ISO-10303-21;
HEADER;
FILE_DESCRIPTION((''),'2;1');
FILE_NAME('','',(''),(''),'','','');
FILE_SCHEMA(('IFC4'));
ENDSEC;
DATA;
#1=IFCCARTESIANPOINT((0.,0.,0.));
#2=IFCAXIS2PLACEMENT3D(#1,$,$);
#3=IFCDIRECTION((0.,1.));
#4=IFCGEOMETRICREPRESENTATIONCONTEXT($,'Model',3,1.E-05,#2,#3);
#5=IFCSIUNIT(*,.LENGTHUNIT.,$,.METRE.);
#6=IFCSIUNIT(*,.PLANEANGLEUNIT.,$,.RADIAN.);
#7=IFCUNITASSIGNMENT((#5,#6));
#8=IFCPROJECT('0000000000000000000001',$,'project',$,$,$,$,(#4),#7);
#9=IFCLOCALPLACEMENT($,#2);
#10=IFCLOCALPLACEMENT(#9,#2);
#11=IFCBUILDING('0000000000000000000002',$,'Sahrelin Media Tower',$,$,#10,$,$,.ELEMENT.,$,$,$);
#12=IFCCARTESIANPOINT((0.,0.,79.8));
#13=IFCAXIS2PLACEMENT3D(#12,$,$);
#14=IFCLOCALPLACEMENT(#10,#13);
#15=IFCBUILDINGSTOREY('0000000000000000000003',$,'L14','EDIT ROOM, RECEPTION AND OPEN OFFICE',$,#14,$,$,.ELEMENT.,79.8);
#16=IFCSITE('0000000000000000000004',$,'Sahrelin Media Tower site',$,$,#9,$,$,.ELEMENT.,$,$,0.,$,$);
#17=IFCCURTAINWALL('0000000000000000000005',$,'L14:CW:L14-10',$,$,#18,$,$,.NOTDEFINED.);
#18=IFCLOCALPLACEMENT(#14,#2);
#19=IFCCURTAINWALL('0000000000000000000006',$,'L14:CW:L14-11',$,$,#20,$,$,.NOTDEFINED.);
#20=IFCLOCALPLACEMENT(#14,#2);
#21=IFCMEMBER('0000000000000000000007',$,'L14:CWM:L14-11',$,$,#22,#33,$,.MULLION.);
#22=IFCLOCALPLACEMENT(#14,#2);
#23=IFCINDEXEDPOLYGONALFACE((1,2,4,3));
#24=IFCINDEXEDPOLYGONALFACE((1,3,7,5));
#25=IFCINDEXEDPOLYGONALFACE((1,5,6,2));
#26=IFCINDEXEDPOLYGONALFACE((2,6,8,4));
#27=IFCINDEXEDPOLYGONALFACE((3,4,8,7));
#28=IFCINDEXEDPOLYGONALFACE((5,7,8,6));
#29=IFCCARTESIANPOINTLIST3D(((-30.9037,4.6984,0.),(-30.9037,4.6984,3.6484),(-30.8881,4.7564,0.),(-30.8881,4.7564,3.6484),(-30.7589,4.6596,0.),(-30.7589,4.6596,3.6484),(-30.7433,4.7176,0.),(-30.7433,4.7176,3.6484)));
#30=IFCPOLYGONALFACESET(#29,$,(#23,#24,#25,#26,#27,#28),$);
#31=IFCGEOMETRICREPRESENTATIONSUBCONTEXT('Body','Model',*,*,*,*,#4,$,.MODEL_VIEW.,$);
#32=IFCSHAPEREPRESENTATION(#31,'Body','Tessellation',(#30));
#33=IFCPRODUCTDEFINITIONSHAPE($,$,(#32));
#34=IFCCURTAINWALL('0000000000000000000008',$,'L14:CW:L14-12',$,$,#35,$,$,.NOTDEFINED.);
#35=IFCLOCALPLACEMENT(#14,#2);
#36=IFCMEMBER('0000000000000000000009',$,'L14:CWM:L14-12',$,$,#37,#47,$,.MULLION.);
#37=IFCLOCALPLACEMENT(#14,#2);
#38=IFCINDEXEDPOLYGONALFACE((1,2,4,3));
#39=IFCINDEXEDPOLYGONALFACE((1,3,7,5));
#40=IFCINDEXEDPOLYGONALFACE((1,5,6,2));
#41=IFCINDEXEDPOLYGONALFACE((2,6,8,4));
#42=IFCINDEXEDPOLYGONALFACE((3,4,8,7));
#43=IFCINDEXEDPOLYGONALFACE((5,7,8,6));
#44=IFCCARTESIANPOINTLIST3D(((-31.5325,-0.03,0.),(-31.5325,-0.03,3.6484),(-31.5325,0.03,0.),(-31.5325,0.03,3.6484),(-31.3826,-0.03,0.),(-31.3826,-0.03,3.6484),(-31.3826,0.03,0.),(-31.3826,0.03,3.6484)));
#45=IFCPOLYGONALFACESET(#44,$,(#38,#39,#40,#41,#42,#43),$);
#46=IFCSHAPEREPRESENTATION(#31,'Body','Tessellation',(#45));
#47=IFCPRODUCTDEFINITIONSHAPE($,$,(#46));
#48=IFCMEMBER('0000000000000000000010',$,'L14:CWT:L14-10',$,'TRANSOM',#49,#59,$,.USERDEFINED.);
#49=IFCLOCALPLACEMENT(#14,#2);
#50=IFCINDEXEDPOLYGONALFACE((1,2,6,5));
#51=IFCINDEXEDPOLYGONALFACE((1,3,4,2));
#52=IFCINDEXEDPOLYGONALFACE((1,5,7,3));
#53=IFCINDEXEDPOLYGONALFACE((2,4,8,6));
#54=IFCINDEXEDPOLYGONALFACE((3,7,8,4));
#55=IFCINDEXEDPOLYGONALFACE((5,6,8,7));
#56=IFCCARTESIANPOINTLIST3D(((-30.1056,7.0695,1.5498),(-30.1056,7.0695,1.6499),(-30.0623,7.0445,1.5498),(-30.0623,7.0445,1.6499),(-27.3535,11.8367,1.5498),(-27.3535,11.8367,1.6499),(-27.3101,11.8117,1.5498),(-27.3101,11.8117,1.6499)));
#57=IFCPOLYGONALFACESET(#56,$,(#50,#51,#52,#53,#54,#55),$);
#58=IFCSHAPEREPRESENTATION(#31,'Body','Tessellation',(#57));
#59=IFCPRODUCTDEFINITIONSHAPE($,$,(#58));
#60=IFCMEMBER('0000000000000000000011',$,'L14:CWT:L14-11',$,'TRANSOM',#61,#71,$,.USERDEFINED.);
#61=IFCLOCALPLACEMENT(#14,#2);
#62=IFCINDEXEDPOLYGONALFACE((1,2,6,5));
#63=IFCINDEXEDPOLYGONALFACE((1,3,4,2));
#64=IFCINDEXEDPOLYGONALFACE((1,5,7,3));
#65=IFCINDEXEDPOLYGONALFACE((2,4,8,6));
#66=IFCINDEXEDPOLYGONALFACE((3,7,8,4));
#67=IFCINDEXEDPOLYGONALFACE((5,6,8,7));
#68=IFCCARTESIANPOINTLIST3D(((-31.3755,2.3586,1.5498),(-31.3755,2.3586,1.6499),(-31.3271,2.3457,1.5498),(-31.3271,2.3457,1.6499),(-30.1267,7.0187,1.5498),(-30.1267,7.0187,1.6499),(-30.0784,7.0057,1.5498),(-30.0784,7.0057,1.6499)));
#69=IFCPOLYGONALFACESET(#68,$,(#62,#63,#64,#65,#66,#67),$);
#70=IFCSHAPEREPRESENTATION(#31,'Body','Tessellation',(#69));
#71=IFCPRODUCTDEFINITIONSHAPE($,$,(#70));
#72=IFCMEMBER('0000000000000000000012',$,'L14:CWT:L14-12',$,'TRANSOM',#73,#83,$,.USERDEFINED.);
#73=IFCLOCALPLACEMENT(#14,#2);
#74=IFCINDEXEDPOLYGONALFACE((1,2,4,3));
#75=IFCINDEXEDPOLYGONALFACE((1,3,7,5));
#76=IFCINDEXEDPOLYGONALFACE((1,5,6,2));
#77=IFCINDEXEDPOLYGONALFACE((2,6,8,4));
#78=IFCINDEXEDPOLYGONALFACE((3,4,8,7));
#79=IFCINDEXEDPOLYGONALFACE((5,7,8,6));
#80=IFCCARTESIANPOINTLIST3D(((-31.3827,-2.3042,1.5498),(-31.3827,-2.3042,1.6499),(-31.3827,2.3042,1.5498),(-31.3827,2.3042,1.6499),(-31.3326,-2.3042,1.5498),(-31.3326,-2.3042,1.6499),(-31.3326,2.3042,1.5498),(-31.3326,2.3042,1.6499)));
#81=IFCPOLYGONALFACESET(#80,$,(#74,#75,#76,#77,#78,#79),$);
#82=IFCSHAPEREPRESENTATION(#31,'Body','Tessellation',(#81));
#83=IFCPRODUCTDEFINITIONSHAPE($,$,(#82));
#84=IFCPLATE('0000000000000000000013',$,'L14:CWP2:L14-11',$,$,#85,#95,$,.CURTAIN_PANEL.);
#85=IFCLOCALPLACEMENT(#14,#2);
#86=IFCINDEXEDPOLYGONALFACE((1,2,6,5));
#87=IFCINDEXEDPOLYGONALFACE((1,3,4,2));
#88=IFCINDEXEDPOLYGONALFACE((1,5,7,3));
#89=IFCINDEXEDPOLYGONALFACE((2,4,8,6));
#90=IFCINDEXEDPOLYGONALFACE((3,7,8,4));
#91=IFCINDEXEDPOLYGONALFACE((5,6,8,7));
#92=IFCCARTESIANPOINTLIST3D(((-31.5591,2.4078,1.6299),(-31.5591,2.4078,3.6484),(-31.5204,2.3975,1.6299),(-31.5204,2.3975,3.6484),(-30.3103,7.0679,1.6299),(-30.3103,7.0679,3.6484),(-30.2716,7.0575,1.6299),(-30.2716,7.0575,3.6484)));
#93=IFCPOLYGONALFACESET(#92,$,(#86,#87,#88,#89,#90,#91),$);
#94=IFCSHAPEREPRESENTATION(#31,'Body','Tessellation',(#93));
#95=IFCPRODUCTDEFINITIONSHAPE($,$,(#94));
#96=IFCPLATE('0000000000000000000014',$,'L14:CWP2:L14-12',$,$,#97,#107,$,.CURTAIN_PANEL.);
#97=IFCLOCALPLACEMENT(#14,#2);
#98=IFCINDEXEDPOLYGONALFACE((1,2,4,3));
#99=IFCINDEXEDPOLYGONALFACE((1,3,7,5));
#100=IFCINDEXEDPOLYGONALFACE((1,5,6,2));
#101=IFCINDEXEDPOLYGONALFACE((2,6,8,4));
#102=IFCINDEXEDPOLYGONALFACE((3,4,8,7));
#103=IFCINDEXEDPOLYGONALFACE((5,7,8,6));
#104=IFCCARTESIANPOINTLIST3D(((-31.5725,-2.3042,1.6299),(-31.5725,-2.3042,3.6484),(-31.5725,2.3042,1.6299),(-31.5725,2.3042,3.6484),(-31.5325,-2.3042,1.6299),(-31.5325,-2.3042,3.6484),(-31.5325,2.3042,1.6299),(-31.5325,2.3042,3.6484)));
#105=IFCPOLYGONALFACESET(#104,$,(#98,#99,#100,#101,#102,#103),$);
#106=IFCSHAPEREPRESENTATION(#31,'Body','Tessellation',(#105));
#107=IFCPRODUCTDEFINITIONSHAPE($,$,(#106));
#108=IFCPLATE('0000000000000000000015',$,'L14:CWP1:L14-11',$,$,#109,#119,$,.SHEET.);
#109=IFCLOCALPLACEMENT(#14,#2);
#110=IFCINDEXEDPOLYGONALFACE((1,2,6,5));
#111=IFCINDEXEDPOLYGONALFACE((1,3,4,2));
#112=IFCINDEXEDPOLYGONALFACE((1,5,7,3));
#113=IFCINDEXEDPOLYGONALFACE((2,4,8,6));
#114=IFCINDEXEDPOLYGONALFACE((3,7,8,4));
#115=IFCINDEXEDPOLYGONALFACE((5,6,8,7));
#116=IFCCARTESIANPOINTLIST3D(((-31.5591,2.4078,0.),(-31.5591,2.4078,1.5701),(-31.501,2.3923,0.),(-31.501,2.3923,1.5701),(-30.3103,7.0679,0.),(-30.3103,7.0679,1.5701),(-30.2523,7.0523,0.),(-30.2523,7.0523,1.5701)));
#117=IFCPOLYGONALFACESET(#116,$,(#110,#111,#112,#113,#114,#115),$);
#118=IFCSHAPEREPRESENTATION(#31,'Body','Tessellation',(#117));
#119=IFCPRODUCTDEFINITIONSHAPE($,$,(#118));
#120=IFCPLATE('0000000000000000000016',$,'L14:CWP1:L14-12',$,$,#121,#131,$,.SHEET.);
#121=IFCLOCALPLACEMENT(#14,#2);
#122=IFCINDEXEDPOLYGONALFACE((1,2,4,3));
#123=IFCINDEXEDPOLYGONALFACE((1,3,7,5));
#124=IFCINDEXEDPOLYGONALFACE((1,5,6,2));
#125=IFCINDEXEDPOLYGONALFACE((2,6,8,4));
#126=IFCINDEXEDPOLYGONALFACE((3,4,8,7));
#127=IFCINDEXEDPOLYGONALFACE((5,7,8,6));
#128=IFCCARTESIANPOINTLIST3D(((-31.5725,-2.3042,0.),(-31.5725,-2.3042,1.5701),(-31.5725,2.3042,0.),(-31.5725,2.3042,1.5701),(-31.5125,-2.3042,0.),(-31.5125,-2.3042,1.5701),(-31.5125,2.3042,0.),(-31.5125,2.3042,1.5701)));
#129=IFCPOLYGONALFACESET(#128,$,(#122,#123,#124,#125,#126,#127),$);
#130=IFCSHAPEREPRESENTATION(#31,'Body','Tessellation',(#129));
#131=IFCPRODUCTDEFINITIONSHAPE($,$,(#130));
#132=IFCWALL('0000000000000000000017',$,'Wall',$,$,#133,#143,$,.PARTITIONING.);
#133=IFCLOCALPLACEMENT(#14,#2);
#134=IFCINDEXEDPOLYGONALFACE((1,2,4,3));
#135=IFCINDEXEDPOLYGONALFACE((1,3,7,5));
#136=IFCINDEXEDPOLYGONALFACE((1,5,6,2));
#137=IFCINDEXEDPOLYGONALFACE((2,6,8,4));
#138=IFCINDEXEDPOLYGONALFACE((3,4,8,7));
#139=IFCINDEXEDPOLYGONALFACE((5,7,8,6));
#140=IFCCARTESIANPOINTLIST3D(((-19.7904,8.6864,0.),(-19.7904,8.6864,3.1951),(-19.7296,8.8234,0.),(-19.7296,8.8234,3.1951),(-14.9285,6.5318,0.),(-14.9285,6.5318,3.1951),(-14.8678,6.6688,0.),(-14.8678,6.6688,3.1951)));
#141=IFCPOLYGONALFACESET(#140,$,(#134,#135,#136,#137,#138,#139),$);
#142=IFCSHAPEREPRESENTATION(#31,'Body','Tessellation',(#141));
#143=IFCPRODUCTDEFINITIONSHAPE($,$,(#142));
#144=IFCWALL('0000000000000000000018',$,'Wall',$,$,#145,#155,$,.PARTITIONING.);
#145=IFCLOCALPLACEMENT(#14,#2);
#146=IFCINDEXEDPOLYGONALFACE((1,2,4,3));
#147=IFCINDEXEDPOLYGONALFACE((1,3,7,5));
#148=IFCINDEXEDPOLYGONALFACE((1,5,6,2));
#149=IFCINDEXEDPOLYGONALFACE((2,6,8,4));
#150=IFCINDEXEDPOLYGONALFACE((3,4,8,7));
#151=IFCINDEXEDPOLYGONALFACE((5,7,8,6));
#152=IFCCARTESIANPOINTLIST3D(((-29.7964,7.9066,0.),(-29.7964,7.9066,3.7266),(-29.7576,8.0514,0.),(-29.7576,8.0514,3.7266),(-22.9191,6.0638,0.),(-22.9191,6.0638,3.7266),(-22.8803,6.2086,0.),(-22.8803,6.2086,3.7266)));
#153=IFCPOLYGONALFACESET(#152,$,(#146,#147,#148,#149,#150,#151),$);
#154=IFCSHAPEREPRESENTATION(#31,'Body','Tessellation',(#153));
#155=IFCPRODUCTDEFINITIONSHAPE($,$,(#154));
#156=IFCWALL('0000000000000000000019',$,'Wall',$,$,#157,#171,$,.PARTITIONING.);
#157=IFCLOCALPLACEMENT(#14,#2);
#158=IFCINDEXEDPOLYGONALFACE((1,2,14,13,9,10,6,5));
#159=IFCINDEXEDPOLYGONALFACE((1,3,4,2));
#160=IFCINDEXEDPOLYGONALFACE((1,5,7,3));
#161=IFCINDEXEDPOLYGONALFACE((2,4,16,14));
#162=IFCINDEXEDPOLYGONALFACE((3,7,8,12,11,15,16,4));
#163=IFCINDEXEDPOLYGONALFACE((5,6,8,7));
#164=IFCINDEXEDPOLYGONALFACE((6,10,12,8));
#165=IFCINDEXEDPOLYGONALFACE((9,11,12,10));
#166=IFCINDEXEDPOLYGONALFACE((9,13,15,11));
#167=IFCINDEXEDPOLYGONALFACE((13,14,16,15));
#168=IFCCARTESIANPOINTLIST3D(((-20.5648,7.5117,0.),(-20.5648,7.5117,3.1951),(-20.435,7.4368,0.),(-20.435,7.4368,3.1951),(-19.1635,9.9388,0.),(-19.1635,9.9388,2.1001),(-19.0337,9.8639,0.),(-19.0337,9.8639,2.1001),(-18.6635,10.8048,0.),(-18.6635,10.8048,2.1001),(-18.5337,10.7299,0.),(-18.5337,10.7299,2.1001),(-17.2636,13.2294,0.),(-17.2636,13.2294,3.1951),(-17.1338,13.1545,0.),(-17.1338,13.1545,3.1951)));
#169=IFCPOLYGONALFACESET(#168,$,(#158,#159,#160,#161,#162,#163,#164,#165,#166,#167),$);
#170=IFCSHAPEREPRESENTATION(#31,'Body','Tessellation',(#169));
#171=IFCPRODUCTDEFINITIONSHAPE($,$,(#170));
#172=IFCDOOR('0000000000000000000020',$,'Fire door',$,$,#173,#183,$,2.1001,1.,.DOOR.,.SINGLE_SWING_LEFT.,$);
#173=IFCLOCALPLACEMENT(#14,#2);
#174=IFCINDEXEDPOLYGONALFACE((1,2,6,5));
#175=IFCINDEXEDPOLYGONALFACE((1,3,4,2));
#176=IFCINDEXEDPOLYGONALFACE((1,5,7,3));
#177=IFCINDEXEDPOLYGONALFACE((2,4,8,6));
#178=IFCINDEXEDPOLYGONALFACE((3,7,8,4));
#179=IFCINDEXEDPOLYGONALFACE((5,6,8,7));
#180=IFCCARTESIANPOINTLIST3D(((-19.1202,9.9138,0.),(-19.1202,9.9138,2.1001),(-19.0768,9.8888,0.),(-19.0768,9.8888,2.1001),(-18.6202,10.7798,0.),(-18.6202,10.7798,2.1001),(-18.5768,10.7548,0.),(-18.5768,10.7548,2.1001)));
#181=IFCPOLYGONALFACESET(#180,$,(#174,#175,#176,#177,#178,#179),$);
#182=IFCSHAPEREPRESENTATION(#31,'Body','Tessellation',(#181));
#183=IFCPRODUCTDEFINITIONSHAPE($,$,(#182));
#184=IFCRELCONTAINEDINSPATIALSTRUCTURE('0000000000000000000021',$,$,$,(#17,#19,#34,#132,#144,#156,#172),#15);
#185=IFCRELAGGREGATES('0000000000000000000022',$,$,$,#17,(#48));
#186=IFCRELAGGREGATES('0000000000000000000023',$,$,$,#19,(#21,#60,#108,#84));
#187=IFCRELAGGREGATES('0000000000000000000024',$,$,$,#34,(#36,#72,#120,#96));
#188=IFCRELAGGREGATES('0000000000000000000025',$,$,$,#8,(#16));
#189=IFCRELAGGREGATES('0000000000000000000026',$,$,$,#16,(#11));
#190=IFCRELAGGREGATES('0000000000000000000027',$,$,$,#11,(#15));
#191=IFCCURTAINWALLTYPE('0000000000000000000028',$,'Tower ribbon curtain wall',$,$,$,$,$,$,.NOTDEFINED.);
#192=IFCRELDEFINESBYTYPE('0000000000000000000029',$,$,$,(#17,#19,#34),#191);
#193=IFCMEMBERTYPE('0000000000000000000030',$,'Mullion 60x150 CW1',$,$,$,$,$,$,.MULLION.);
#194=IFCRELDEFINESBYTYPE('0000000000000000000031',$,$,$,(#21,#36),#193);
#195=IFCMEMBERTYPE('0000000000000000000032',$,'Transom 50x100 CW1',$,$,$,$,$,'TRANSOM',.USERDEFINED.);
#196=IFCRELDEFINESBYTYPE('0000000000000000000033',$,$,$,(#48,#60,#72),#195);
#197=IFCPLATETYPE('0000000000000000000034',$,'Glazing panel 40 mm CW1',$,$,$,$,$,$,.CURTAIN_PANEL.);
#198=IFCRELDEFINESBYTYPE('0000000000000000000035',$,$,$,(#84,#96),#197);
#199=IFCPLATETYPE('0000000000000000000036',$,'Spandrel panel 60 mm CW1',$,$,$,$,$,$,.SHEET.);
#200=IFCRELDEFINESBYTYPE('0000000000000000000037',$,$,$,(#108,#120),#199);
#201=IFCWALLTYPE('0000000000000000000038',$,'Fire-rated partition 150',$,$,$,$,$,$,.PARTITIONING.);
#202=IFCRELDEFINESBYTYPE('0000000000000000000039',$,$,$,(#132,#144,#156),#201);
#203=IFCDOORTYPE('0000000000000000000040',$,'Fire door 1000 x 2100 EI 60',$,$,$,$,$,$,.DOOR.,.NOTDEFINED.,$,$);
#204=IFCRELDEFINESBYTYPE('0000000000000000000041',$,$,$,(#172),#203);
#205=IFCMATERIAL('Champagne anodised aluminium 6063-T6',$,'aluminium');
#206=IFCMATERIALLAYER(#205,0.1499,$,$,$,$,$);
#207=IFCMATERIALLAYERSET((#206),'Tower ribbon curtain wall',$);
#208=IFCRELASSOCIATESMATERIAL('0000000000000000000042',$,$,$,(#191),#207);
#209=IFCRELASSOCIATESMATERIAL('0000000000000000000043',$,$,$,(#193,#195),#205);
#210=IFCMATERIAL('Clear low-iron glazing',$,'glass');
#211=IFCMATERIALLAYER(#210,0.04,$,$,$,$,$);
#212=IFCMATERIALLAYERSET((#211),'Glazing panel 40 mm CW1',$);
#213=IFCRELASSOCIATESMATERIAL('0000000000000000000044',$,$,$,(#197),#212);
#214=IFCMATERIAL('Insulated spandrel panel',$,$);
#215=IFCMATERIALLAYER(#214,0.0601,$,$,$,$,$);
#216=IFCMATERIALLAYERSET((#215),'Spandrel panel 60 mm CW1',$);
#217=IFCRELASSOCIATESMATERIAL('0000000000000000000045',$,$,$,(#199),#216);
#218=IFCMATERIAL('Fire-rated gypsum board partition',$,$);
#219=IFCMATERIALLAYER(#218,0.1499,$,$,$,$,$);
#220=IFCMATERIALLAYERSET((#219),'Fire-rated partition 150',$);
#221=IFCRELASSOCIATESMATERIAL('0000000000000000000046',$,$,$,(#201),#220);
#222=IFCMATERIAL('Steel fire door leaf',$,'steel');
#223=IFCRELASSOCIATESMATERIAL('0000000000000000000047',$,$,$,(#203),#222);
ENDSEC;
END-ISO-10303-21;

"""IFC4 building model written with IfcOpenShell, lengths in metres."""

from ifc_helpers import new_model, si_unit, direction, frame, frame_2d, origin, origin_2d, place, context, subcontext, project, spatial, polyline, rectangle, outline, extrude, material, layer, layer_set, material_profile, profile_set, type_object, element, fill, aggregate, save


model = new_model("IFC4")

# Units and contexts
model_context = context("Model", 3, precision=1e-05, world=origin(), true_north=direction((0.0, 1.0)))
body_context = subcontext(model_context, "Body", "Model", "MODEL_VIEW")
ifc_project = project(units=[si_unit("LENGTHUNIT", "METRE"), si_unit("PLANEANGLEUNIT", "RADIAN")], contexts=[model_context])

# Site, building, storey
site_placement = place(None, origin())
site = spatial("IfcSite", under=ifc_project, at=site_placement, Name="Sahrelin Media Tower site", CompositionType="ELEMENT", RefElevation=0.0)
building_placement = place(site_placement, origin())
building = spatial("IfcBuilding", under=site, at=building_placement, Name="Sahrelin Media Tower", CompositionType="ELEMENT")
storey_placement = place(building_placement, frame((0.0, 0.0, 79.8)))
storey = spatial("IfcBuildingStorey", under=building, at=storey_placement, Name="L14", Description="EDIT ROOM, RECEPTION AND OPEN OFFICE", CompositionType="ELEMENT", Elevation=79.8)

# Curtain walls, members
ifc_material_1 = material(Name="Champagne anodised aluminium 6063-T6", Category="aluminium")
ifc_layer_1 = layer(ifc_material_1, 0.1499)
ifc_layer_set_1 = layer_set([ifc_layer_1], Name="Tower ribbon curtain wall")
curtain_wall_type = type_object("IfcCurtainWallType", Name="Tower ribbon curtain wall", PredefinedType="NOTDEFINED", material=ifc_layer_set_1)
curtain_wall_1_placement = place(storey_placement, frame((-28.8767, 9.5378, 0.0), z_axis=(0.0, 0.0, 1.0), x_axis=(1.0, 0.0, 0.0)))
curtain_wall_1 = element("IfcCurtainWall", 1, at=curtain_wall_1_placement, inside=storey, type_object=curtain_wall_type, Name="L14:CW:L14-10", PredefinedType="NOTDEFINED")
ifc_material_profile_1 = material_profile(ifc_material_1, rectangle(XDim=0.0601, YDim=0.1499, at=origin_2d()), Name="Mullion 60x150")
ifc_profile_set_1 = profile_set([ifc_material_profile_1], Name="Champagne anodised aluminium 6063-T6")
member_type_1 = type_object("IfcMemberType", Name="Mullion 60x150 CW1", PredefinedType="MULLION", material=ifc_profile_set_1)
curtain_wall_2_placement = place(storey_placement, frame((-30.9153, 4.7327, 0.0), z_axis=(0.0, 0.0, 1.0), x_axis=(1.0, 0.0, 0.0)))
curtain_wall_2 = element("IfcCurtainWall", 2, at=curtain_wall_2_placement, inside=storey, type_object=curtain_wall_type, Name="L14:CW:L14-11", PredefinedType="NOTDEFINED")
member_1_placement = place(storey_placement, frame((-30.8235, 4.708, 0.0), z_axis=(0.0, 0.0, 1.0), x_axis=(-0.258822, -0.965925, 0.0)))
member_1 = element("IfcMember", 3, at=member_1_placement, type_object=member_type_1, Name="L14:CWM:L14-11", PredefinedType="MULLION", context=body_context, shape_type="SweptSolid", body=[
    extrude(rectangle(XDim=0.0601, YDim=0.1499, at=origin_2d()), origin(), (0.0, 0.0, 1.0), 3.6484),
])
curtain_wall_3_placement = place(storey_placement, frame((-31.5525, 0.0, 0.0), z_axis=(0.0, 0.0, 1.0), x_axis=(1.0, 0.0, 0.0)))
curtain_wall_3 = element("IfcCurtainWall", 4, at=curtain_wall_3_placement, inside=storey, type_object=curtain_wall_type, Name="L14:CW:L14-12", PredefinedType="NOTDEFINED")
member_2_placement = place(storey_placement, frame((-31.4575, 0.0, 0.0), z_axis=(0.0, 0.0, 1.0), x_axis=(0.0, -1.0, 0.0)))
member_2 = element("IfcMember", 5, at=member_2_placement, type_object=member_type_1, Name="L14:CWM:L14-12", PredefinedType="MULLION", context=body_context, shape_type="SweptSolid", body=[
    extrude(rectangle(XDim=0.0601, YDim=0.1499, at=origin_2d()), origin(), (0.0, 0.0, 1.0), 3.6484),
])

# Members
ifc_material_profile_2 = material_profile(ifc_material_1, rectangle(XDim=0.05, YDim=0.1001, at=origin_2d()), Name="Transom 50x100")
ifc_profile_set_2 = profile_set([ifc_material_profile_2], Name="Champagne anodised aluminium 6063-T6")
member_type_2 = type_object("IfcMemberType", Name="Transom 50x100 CW1", ElementType="TRANSOM", PredefinedType="USERDEFINED", material=ifc_profile_set_2)
member_3_placement = place(storey_placement, frame((-27.3318, 11.8242, 1.5999), z_axis=(-0.499969, -0.866043, 0.0), x_axis=(0.866043, -0.499969, 0.0)))
member_3 = element("IfcMember", 6, at=member_3_placement, type_object=member_type_2, Name="L14:CWT:L14-10", ObjectType="TRANSOM", PredefinedType="USERDEFINED", context=body_context, shape_type="SweptSolid", body=[
    extrude(rectangle(XDim=0.05, YDim=0.1001, at=origin_2d()), origin(), (0.0, 0.0, 1.0), 5.5046),
])
aggregate(curtain_wall_1, [member_3])
member_4_placement = place(storey_placement, frame((-30.1025, 7.0122, 1.5999), z_axis=(-0.258837, -0.965921, 0.0), x_axis=(0.965921, -0.258837, 0.0)))
member_4 = element("IfcMember", 7, at=member_4_placement, type_object=member_type_2, Name="L14:CWT:L14-11", ObjectType="TRANSOM", PredefinedType="USERDEFINED", context=body_context, shape_type="SweptSolid", body=[
    extrude(rectangle(XDim=0.05, YDim=0.1001, at=origin_2d()), origin(), (0.0, 0.0, 1.0), 4.8245),
])
member_5_placement = place(storey_placement, frame((-31.3577, 2.3042, 1.5999), z_axis=(0.0, -1.0, 0.0), x_axis=(1.0, 0.0, 0.0)))
member_5 = element("IfcMember", 8, at=member_5_placement, type_object=member_type_2, Name="L14:CWT:L14-12", ObjectType="TRANSOM", PredefinedType="USERDEFINED", context=body_context, shape_type="SweptSolid", body=[
    extrude(rectangle(XDim=0.05, YDim=0.1001, at=origin_2d()), origin(), (0.0, 0.0, 1.0), 4.6084),
])

# Plates
ifc_material_2 = material(Name="Clear low-iron glazing", Category="glass")
ifc_layer_2 = layer(ifc_material_2, 0.04)
ifc_layer_set_2 = layer_set([ifc_layer_2], Name="Glazing panel 40 mm CW1")
plate_type_1 = type_object("IfcPlateType", Name="Glazing panel 40 mm CW1", PredefinedType="CURTAIN_PANEL", material=ifc_layer_set_2)
plate_1_placement = place(storey_placement, frame((-30.3103, 7.0679, 1.6299), z_axis=(-0.965921, 0.258837, 0.0), x_axis=(-0.258837, -0.965921, 0.0)))
plate_1 = element("IfcPlate", 9, at=plate_1_placement, type_object=plate_type_1, Name="L14:CWP2:L14-11", PredefinedType="CURTAIN_PANEL", context=body_context, shape_type="SweptSolid", body=[
    extrude(outline(polyline([(0.0, 0.0), (4.8245, 0.0), (4.8245, 2.0186), (0.0, 2.0186), (0.0, 0.0)])), origin(), (0.0, 0.0, -1.0), 0.04),
])
plate_2_placement = place(storey_placement, frame((-31.5725, 2.3042, 1.6299), z_axis=(-1.0, 0.0, 0.0), x_axis=(0.0, -1.0, 0.0)))
plate_2 = element("IfcPlate", 10, at=plate_2_placement, type_object=plate_type_1, Name="L14:CWP2:L14-12", PredefinedType="CURTAIN_PANEL", context=body_context, shape_type="SweptSolid", body=[
    extrude(outline(polyline([(0.0, 0.0), (4.6084, 0.0), (4.6084, 2.0186), (0.0, 2.0186), (0.0, 0.0)])), origin(), (0.0, 0.0, -1.0), 0.04),
])
ifc_material_3 = material(Name="Insulated spandrel panel")
ifc_layer_3 = layer(ifc_material_3, 0.0601)
ifc_layer_set_3 = layer_set([ifc_layer_3], Name="Spandrel panel 60 mm CW1")
plate_type_2 = type_object("IfcPlateType", Name="Spandrel panel 60 mm CW1", PredefinedType="SHEET", material=ifc_layer_set_3)
plate_3_placement = place(storey_placement, frame((-30.3103, 7.0679, 0.0), z_axis=(-0.965921, 0.258837, 0.0), x_axis=(-0.258837, -0.965921, 0.0)))
plate_3 = element("IfcPlate", 11, at=plate_3_placement, type_object=plate_type_2, Name="L14:CWP1:L14-11", PredefinedType="SHEET", context=body_context, shape_type="SweptSolid", body=[
    extrude(outline(polyline([(0.0, 0.0), (4.8245, 0.0), (4.8245, 1.5701), (0.0, 1.5701), (0.0, 0.0)])), origin(), (0.0, 0.0, -1.0), 0.0601),
])
aggregate(curtain_wall_2, [member_1, member_4, plate_3, plate_1])
plate_4_placement = place(storey_placement, frame((-31.5725, 2.3042, 0.0), z_axis=(-1.0, 0.0, 0.0), x_axis=(0.0, -1.0, 0.0)))
plate_4 = element("IfcPlate", 12, at=plate_4_placement, type_object=plate_type_2, Name="L14:CWP1:L14-12", PredefinedType="SHEET", context=body_context, shape_type="SweptSolid", body=[
    extrude(outline(polyline([(0.0, 0.0), (4.6084, 0.0), (4.6084, 1.5701), (0.0, 1.5701), (0.0, 0.0)])), origin(), (0.0, 0.0, -1.0), 0.0601),
])
aggregate(curtain_wall_3, [member_2, member_5, plate_4, plate_2])

# Walls
ifc_material_4 = material(Name="Fire-rated gypsum board partition")
ifc_layer_4 = layer(ifc_material_4, 0.1499)
ifc_layer_set_4 = layer_set([ifc_layer_4], Name="Fire-rated partition 150")
wall_type_1 = type_object("IfcWallType", Name="Fire-rated partition 150", PredefinedType="PARTITIONING", material=ifc_layer_set_4)
wall_1_placement = place(storey_placement, frame((-19.76, 8.7549, 0.0), z_axis=(0.0, 0.0, 1.0), x_axis=(0.914248, -0.405154, 0.0)))
element("IfcWall", 13, at=wall_1_placement, inside=storey, type_object=wall_type_1, Name="Wall", PredefinedType="PARTITIONING", context=body_context, shape_type="SweptSolid", body=[
    extrude(rectangle(XDim=5.3179, YDim=0.1499, at=frame_2d((2.6589, 0.0))), origin(), (0.0, 0.0, 1.0), 3.1951),
])
wall_2_placement = place(storey_placement, frame((-29.7771, 7.979, 0.0), z_axis=(0.0, 0.0, 1.0), x_axis=(0.965925, -0.258823, 0.0)))
element("IfcWall", 14, at=wall_2_placement, inside=storey, type_object=wall_type_1, Name="Wall", PredefinedType="PARTITIONING", context=body_context, shape_type="SweptSolid", body=[
    extrude(rectangle(XDim=7.1199, YDim=0.1499, at=frame_2d((3.5601, 0.0))), origin(), (0.0, 0.0, 1.0), 3.7266),
])

# Wall, opening, door
wall_3_placement = place(storey_placement, frame((-20.5, 7.4741, 0.0), z_axis=(0.0, 0.0, 1.0), x_axis=(0.500013, 0.866018, 0.0)))
wall_3 = element("IfcWall", 15, at=wall_3_placement, inside=storey, type_object=wall_type_1, Name="Wall", PredefinedType="PARTITIONING", context=body_context, shape_type="SweptSolid", body=[
    extrude(rectangle(XDim=6.6023, YDim=0.1499, at=frame_2d((3.3013, 0.0))), origin(), (0.0, 0.0, 1.0), 3.1951),
])
opening_1_placement = place(wall_3_placement, frame((2.8027, 0.0, 0.0)))
opening_1 = element("IfcOpeningElement", 16, at=opening_1_placement, cuts=wall_3, PredefinedType="OPENING", context=body_context, shape_type="SweptSolid", body=[
    extrude(rectangle(XDim=1.0, YDim=2.1001, at=frame_2d((0.5, 1.05))), frame((0.0, 0.075, 0.0), z_axis=(0.0, -1.0, 0.0), x_axis=(1.0, 0.0, 0.0)), (0.0, 0.0, 1.0), 0.1499),
])
ifc_material_5 = material(Name="Steel fire door leaf", Category="steel")
door_type_1 = type_object("IfcDoorType", Name="Fire door 1000 x 2100 EI 60", OperationType="NOTDEFINED", PredefinedType="DOOR", material=ifc_material_5)
door_1_placement = place(opening_1_placement, origin())
door_1 = element("IfcDoor", 17, at=door_1_placement, inside=storey, type_object=door_type_1, Name="Fire door", OperationType="SINGLE_SWING_LEFT", OverallHeight=2.1001, OverallWidth=1.0, PredefinedType="DOOR", context=body_context, shape_type="SweptSolid", body=[
    extrude(rectangle(XDim=1.0, YDim=2.1001, at=frame_2d((0.5, 1.05))), frame((0.0, 0.0249, 0.0), z_axis=(0.0, -1.0, 0.0), x_axis=(1.0, 0.0, 0.0)), (0.0, 0.0, 1.0), 0.05),
])
fill(opening_1, door_1)

save(model, "model.ifc")
